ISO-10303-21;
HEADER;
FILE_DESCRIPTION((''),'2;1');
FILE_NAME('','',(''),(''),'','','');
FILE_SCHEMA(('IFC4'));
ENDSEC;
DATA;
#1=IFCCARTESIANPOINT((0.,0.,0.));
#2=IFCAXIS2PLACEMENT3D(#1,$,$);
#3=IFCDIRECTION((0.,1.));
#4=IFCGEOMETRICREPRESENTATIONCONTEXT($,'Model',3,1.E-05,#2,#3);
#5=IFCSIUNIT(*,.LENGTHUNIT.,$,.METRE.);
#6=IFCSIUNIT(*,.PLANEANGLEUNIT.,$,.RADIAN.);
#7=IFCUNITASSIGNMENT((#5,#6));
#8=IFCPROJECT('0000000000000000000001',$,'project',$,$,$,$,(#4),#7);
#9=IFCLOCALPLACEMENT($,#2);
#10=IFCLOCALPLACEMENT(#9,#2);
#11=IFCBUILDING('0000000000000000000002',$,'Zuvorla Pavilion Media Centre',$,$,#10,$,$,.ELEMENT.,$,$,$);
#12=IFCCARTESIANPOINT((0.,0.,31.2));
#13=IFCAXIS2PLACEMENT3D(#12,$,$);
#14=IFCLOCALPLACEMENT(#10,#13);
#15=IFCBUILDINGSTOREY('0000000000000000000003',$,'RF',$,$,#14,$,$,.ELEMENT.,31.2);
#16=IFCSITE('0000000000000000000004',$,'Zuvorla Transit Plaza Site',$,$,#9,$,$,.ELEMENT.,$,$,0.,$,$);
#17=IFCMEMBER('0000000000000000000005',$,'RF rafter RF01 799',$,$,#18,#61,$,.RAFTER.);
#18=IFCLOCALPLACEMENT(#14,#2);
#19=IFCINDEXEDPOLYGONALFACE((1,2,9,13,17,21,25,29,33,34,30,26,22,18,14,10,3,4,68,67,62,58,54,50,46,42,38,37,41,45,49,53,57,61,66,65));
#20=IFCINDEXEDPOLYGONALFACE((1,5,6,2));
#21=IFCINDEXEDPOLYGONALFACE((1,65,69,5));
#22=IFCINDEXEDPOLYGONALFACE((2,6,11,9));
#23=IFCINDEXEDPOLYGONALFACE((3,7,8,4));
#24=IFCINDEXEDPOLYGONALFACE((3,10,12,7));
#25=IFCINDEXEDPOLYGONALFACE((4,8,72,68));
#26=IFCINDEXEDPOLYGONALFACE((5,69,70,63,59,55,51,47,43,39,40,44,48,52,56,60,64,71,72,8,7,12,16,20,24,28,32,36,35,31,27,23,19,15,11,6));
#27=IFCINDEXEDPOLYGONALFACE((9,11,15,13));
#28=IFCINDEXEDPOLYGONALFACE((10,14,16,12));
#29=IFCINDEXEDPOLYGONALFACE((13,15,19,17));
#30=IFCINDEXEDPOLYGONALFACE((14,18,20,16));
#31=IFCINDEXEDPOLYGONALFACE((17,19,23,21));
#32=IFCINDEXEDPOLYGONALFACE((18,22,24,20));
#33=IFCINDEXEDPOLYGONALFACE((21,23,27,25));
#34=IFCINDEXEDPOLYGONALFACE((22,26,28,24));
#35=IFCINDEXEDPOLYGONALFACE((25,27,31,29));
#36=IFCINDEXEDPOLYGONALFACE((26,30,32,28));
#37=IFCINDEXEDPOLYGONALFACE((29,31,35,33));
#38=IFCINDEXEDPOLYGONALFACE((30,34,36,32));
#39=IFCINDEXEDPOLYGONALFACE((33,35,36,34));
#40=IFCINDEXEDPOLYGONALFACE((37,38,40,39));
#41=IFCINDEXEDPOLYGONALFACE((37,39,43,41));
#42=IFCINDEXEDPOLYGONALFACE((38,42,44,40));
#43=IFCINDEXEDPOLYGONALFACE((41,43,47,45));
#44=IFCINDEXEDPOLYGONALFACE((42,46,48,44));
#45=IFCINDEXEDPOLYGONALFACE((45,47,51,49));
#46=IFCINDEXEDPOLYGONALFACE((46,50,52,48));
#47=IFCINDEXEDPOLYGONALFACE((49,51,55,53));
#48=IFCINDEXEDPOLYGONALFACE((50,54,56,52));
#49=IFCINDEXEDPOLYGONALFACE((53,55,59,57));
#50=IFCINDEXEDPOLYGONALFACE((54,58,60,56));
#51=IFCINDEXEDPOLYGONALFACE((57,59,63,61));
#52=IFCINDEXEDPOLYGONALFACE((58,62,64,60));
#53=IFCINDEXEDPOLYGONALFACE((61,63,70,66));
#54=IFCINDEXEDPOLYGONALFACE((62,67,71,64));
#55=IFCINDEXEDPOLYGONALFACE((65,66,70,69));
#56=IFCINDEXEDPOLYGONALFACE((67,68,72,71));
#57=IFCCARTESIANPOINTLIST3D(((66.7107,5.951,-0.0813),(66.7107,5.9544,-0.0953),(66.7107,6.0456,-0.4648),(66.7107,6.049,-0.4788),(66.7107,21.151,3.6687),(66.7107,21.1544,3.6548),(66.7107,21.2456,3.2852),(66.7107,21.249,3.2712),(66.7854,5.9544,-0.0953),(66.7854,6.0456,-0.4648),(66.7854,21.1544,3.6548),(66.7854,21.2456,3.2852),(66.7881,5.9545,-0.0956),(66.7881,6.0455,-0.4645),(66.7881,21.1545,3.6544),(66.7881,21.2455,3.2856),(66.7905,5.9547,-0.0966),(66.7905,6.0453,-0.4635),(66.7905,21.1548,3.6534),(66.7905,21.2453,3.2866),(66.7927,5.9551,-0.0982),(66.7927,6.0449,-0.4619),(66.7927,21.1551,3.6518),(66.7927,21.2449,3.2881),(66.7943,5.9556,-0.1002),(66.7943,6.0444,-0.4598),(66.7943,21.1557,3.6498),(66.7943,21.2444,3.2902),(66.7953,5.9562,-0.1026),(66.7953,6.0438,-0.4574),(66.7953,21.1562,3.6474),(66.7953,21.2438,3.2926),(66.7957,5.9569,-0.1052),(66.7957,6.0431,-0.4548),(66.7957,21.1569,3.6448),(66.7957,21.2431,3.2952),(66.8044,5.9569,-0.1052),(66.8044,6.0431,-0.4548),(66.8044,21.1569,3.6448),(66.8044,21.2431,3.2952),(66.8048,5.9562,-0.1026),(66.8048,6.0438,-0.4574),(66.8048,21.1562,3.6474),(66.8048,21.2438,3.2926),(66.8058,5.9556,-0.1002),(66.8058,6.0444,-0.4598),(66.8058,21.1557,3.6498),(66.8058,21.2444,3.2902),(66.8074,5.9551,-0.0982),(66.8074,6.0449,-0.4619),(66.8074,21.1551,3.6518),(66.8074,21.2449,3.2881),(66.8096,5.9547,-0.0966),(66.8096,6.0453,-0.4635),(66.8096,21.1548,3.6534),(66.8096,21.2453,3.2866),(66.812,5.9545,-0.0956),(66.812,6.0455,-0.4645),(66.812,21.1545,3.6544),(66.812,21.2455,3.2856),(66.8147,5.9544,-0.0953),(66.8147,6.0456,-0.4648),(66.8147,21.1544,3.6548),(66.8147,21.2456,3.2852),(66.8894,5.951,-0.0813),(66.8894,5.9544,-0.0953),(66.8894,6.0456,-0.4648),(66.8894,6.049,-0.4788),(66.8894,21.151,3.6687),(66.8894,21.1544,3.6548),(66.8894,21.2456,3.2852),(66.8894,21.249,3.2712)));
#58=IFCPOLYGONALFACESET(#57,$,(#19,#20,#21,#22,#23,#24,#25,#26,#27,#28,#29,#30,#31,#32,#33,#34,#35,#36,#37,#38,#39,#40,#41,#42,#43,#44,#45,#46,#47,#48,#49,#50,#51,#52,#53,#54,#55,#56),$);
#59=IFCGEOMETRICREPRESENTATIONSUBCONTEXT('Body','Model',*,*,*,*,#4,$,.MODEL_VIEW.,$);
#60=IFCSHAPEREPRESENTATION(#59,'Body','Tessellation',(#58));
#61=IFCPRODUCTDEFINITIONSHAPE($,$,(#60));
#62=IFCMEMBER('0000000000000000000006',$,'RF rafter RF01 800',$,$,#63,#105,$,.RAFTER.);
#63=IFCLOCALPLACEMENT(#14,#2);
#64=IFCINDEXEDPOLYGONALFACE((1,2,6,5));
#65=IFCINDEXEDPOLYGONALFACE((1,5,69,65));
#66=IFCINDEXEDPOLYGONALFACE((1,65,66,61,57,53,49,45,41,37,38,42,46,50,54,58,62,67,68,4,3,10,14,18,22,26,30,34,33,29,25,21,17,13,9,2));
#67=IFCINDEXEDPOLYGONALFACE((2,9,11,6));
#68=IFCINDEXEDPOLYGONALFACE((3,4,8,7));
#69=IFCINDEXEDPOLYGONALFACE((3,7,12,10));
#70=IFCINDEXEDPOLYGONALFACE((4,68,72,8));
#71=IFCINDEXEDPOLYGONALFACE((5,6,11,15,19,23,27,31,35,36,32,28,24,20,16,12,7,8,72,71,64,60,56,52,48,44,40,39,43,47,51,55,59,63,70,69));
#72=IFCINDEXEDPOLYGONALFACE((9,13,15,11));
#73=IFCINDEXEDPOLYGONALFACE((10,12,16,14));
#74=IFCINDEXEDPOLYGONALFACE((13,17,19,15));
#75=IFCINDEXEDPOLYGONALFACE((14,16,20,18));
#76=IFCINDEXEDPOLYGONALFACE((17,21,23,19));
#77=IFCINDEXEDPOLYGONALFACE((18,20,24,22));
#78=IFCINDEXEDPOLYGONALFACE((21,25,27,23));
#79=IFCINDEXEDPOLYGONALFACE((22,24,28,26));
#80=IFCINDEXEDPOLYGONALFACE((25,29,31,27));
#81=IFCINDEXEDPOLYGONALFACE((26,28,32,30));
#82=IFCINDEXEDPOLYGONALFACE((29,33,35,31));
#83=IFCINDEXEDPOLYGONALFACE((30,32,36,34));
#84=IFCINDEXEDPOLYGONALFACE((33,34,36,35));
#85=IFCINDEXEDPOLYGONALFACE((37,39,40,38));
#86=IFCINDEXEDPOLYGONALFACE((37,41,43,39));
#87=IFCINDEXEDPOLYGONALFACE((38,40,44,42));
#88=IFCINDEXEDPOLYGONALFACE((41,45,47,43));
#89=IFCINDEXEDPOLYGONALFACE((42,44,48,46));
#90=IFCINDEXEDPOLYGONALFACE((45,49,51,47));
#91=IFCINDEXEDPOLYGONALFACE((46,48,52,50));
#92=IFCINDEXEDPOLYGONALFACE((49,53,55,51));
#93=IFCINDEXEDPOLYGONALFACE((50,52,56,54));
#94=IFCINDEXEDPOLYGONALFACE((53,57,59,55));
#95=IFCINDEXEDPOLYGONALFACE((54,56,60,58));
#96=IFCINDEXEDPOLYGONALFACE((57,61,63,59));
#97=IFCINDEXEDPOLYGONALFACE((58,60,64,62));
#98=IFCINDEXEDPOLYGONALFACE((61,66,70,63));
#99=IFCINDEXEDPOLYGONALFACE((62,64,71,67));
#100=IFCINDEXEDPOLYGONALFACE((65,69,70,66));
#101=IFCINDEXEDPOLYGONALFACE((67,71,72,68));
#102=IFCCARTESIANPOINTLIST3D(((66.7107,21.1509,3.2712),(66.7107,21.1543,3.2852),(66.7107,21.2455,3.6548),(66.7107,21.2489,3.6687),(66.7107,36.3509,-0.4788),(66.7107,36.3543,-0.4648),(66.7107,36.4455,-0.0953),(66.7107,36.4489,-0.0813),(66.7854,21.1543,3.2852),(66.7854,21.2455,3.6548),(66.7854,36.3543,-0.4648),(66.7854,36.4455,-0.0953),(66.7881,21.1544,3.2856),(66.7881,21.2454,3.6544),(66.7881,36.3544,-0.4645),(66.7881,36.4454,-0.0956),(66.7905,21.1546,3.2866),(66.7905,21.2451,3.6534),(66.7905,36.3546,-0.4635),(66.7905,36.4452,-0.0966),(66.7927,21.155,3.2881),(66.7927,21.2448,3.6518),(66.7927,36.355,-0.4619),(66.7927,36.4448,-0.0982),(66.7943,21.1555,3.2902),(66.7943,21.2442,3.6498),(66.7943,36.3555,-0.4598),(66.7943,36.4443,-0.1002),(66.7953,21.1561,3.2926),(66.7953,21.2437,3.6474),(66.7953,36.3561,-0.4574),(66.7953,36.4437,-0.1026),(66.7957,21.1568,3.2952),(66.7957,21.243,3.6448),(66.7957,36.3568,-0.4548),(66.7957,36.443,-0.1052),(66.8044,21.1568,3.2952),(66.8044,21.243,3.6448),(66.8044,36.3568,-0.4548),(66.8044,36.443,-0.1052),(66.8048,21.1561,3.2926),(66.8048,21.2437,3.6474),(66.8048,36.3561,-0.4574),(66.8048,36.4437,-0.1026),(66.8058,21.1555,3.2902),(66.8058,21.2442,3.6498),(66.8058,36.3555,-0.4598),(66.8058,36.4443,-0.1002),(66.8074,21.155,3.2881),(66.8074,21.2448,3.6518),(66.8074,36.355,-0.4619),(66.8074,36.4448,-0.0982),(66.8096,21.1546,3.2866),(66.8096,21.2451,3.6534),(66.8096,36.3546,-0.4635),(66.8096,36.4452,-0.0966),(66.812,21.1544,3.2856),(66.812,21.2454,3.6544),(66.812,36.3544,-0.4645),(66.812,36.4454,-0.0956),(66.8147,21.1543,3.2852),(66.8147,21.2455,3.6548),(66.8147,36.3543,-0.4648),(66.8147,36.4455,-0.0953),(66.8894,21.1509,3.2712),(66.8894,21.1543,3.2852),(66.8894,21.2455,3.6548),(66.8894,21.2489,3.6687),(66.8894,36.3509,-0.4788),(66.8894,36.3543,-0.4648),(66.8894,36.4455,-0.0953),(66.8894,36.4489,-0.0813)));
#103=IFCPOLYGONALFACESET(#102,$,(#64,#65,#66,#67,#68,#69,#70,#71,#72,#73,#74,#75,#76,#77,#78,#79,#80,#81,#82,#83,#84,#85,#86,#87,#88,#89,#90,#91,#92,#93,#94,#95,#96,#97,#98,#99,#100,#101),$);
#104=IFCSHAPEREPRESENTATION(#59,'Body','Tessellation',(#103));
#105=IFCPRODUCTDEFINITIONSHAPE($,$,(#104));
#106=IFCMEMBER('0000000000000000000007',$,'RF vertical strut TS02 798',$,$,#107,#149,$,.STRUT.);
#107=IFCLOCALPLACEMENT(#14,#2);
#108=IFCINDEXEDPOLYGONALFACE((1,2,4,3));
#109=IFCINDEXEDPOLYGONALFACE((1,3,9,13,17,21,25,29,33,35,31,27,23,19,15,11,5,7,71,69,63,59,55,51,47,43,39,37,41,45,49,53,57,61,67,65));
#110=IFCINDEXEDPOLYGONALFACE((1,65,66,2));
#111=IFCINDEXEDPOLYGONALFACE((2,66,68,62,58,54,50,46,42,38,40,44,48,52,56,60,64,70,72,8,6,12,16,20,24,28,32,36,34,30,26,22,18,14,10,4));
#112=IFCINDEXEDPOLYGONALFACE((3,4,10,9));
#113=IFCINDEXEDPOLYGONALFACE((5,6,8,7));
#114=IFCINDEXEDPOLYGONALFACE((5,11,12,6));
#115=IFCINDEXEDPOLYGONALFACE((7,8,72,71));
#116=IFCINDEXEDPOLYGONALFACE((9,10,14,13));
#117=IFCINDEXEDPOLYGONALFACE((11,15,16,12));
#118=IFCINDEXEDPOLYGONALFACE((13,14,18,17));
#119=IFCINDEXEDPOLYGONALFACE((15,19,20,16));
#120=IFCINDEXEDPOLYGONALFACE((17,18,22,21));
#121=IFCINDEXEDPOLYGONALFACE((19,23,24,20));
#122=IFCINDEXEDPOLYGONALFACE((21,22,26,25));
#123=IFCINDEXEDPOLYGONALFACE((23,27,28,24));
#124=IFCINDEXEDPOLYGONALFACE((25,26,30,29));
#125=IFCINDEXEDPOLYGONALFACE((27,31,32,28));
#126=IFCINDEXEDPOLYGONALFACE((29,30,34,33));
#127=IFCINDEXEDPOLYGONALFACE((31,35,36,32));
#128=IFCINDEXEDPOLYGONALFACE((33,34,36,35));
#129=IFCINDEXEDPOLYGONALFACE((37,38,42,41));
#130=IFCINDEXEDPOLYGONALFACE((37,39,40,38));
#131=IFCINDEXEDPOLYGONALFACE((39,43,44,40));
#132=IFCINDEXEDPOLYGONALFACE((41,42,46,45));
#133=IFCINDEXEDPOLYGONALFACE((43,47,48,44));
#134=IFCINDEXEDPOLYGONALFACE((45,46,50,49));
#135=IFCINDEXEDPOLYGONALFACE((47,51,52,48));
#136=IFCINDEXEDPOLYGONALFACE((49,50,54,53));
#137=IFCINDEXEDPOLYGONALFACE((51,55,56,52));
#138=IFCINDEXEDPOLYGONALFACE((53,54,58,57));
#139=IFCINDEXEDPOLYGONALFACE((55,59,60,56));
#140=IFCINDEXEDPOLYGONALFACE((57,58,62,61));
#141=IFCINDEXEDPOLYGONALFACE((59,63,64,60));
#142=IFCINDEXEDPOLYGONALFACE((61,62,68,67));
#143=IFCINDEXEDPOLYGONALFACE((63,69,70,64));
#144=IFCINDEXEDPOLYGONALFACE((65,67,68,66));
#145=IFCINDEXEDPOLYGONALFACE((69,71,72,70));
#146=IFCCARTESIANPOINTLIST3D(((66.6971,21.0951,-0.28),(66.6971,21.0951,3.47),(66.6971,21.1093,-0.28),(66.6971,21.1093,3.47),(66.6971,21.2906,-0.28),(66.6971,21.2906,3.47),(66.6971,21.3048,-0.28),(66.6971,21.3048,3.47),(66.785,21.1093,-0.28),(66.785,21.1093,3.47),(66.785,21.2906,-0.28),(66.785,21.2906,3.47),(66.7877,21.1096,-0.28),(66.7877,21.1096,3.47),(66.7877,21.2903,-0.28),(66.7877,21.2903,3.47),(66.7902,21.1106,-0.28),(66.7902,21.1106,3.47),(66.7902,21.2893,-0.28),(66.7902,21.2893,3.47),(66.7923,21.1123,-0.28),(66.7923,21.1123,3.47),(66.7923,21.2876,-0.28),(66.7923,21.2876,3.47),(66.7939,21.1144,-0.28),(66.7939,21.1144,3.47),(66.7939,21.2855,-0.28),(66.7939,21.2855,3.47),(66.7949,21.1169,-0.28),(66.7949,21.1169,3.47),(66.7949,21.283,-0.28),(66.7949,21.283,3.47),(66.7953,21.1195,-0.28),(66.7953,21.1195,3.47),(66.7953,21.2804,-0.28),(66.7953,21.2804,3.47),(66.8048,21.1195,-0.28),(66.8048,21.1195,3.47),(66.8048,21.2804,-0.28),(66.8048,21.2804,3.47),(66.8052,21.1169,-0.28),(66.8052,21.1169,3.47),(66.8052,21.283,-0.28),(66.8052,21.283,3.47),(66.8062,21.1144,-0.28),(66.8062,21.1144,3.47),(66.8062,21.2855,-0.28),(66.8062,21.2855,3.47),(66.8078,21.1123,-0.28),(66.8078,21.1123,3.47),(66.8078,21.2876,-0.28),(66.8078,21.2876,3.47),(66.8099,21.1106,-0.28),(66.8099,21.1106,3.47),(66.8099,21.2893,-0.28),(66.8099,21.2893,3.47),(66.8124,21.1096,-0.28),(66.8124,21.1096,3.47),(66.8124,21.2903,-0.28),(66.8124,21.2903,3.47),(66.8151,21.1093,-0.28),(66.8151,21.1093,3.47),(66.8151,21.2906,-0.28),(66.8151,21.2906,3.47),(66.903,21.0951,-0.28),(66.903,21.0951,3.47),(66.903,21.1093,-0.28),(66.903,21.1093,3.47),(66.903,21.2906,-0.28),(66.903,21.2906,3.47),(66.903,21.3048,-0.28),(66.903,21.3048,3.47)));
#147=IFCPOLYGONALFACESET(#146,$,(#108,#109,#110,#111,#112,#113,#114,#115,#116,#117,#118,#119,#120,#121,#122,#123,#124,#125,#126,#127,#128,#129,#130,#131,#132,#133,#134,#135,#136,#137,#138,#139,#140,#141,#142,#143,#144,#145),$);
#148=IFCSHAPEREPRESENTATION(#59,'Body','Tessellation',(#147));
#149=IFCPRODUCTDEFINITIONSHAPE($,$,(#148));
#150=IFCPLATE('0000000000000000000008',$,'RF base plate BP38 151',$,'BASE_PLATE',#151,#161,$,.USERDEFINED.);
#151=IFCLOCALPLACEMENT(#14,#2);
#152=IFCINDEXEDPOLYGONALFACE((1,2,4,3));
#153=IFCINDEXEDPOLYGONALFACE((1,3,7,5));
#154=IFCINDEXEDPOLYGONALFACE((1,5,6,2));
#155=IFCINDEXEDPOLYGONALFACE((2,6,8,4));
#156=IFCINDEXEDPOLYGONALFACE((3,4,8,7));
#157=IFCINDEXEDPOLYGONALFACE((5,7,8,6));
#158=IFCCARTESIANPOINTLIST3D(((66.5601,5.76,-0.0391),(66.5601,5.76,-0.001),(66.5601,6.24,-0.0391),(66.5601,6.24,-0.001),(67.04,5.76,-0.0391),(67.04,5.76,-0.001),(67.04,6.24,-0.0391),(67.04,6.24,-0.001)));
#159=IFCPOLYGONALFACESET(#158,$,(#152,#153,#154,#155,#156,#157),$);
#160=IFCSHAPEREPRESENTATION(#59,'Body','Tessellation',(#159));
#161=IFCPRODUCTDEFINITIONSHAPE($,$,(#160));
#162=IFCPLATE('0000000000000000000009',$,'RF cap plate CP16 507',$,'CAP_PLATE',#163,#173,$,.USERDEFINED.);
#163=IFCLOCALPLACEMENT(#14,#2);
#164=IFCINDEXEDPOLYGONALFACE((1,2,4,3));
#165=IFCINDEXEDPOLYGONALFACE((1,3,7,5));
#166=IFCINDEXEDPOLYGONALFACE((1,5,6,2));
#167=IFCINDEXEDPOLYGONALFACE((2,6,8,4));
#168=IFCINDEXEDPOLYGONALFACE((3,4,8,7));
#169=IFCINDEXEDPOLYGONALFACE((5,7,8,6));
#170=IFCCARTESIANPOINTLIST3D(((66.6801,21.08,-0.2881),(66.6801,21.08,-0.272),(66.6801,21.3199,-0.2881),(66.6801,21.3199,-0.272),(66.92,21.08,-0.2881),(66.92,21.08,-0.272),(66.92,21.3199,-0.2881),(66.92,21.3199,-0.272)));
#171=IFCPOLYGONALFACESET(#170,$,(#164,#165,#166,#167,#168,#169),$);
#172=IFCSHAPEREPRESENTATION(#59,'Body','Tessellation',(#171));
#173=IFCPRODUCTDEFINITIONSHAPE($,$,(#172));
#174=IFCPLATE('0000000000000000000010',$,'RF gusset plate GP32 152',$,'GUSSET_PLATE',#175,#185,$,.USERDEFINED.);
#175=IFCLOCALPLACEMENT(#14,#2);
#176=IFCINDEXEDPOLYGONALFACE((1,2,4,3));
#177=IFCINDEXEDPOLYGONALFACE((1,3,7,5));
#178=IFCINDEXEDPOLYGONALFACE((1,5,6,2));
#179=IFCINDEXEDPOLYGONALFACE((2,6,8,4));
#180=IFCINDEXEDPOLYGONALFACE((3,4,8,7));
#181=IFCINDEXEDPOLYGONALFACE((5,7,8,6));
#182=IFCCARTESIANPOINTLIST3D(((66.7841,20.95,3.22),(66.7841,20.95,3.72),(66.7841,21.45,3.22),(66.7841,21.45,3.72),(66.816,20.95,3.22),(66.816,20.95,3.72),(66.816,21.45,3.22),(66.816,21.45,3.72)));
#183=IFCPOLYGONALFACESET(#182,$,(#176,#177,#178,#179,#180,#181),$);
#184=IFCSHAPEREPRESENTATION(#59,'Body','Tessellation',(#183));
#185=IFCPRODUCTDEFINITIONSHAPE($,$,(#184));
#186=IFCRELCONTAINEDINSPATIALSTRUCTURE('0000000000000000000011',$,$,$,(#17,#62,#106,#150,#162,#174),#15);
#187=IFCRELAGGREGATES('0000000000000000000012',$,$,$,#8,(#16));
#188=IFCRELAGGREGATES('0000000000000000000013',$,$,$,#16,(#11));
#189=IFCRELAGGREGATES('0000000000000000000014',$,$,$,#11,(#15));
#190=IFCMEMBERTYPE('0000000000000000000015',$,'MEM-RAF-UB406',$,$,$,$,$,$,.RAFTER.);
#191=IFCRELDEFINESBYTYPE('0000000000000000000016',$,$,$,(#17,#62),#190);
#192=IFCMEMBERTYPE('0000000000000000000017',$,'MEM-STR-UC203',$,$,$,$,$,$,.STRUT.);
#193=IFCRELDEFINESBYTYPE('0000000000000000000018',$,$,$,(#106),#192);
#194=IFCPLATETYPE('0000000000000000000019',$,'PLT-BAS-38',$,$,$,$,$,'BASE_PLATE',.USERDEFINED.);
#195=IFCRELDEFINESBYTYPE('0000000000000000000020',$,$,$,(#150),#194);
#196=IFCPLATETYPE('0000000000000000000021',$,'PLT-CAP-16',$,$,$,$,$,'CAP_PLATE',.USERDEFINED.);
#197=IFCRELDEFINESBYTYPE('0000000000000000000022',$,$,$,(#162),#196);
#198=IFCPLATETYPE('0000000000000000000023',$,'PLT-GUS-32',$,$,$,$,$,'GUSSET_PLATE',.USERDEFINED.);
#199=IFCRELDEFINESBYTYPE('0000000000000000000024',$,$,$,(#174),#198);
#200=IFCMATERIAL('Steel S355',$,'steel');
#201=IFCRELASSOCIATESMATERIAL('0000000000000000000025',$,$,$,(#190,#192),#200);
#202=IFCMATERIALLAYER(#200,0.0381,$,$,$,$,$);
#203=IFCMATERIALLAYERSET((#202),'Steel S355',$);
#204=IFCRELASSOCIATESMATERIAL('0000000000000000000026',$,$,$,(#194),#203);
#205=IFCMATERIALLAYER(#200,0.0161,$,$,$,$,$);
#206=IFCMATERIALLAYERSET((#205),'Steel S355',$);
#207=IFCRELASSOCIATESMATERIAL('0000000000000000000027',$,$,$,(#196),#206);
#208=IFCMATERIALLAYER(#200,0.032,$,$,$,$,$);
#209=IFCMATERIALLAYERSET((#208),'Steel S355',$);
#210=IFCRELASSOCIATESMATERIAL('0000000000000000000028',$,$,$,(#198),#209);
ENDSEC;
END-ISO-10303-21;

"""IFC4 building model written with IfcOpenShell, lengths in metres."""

from ifc_helpers import new_model, si_unit, direction, frame, origin, origin_2d, place, context, subcontext, project, spatial, rectangle, i_section, extrude, material, layer, layer_set, material_profile, profile_set, type_object, element, save


model = new_model("IFC4")

# Units and contexts
model_context = context("Model", 3, precision=1e-05, world=origin(), true_north=direction((0.0, 1.0)))
body_context = subcontext(model_context, "Body", "Model", "MODEL_VIEW")
ifc_project = project(units=[si_unit("LENGTHUNIT", "METRE"), si_unit("PLANEANGLEUNIT", "RADIAN")], contexts=[model_context])

# Site, building, storey
site_placement = place(None, origin())
site = spatial("IfcSite", under=ifc_project, at=site_placement, Name="Zuvorla Transit Plaza Site", CompositionType="ELEMENT", RefElevation=0.0)
building_placement = place(site_placement, origin())
building = spatial("IfcBuilding", under=site, at=building_placement, Name="Zuvorla Pavilion Media Centre", CompositionType="ELEMENT")
storey_placement = place(building_placement, frame((0.0, 0.0, 31.2)))
storey = spatial("IfcBuildingStorey", under=building, at=storey_placement, Name="RF", CompositionType="ELEMENT", Elevation=31.2)

# Shared definitions
ifc_material_1 = material(Name="Steel S355", Category="steel")

# Members
ifc_material_profile_1 = material_profile(ifc_material_1, i_section(OverallWidth=0.1787, OverallDepth=0.4094, WebThickness=0.0088, FlangeThickness=0.0144, FilletRadius=0.0103, at=origin_2d()), Name="UB 406x178x67")
ifc_profile_set_1 = profile_set([ifc_material_profile_1], Name="Steel S355")
member_type_1 = type_object("IfcMemberType", Name="MEM-RAF-UB406", PredefinedType="RAFTER", material=ifc_profile_set_1)
for number, where, z_axis, x_axis, name in (
    (1, (66.8, 6.0, -0.28), (0.0, 0.970889, 0.239529), (-1.0, 0.0, 0.0), "RF rafter RF01 799"),
    (2, (66.8, 36.3999, -0.28), (0.0, -0.970889, 0.239529), (1.0, 0.0, 0.0), "RF rafter RF01 800"),
):
    element("IfcMember", number, at=place(storey_placement, frame(where, z_axis=z_axis, x_axis=x_axis)), inside=storey, type_object=member_type_1, Name=name, PredefinedType="RAFTER", context=body_context, shape_type="SweptSolid", body=[
        extrude(i_section(OverallWidth=0.1787, OverallDepth=0.4094, WebThickness=0.0088, FlangeThickness=0.0144, FilletRadius=0.0103, at=origin_2d()), origin(), (0.0, 0.0, 1.0), 15.6558),
    ])
ifc_material_profile_2 = material_profile(ifc_material_1, i_section(OverallWidth=0.2058, OverallDepth=0.2097, WebThickness=0.0095, FlangeThickness=0.0142, FilletRadius=0.0103, at=origin_2d()), Name="UC 203x203x60")
ifc_profile_set_2 = profile_set([ifc_material_profile_2], Name="Steel S355")
member_type_2 = type_object("IfcMemberType", Name="MEM-STR-UC203", PredefinedType="STRUT", material=ifc_profile_set_2)
member_1_placement = place(storey_placement, frame((66.8, 21.2, -0.28), z_axis=(0.0, 0.0, 1.0), x_axis=(1.0, 0.0, 0.0)))
element("IfcMember", 3, at=member_1_placement, inside=storey, type_object=member_type_2, Name="RF vertical strut TS02 798", PredefinedType="STRUT", context=body_context, shape_type="SweptSolid", body=[
    extrude(i_section(OverallWidth=0.2058, OverallDepth=0.2097, WebThickness=0.0095, FlangeThickness=0.0142, FilletRadius=0.0103, at=origin_2d()), origin(), (0.0, 0.0, 1.0), 3.75),
])

# Plates
ifc_layer_1 = layer(ifc_material_1, 0.0381)
ifc_layer_set_1 = layer_set([ifc_layer_1], Name="Steel S355")
plate_type_1 = type_object("IfcPlateType", Name="PLT-BAS-38", ElementType="BASE_PLATE", PredefinedType="USERDEFINED", material=ifc_layer_set_1)
plate_1_placement = place(storey_placement, frame((66.8, 6.0, -0.0391), z_axis=(0.0, 0.0, 1.0), x_axis=(1.0, 0.0, 0.0)))
element("IfcPlate", 4, at=plate_1_placement, inside=storey, type_object=plate_type_1, Name="RF base plate BP38 151", ObjectType="BASE_PLATE", PredefinedType="USERDEFINED", context=body_context, shape_type="SweptSolid", body=[
    extrude(rectangle(XDim=0.48, YDim=0.48, at=origin_2d()), origin(), (0.0, 0.0, 1.0), 0.0381),
])
ifc_layer_2 = layer(ifc_material_1, 0.0161)
ifc_layer_set_2 = layer_set([ifc_layer_2], Name="Steel S355")
plate_type_2 = type_object("IfcPlateType", Name="PLT-CAP-16", ElementType="CAP_PLATE", PredefinedType="USERDEFINED", material=ifc_layer_set_2)
plate_2_placement = place(storey_placement, frame((66.8, 21.2, -0.2881), z_axis=(0.0, 0.0, 1.0), x_axis=(1.0, 0.0, 0.0)))
element("IfcPlate", 5, at=plate_2_placement, inside=storey, type_object=plate_type_2, Name="RF cap plate CP16 507", ObjectType="CAP_PLATE", PredefinedType="USERDEFINED", context=body_context, shape_type="SweptSolid", body=[
    extrude(rectangle(XDim=0.24, YDim=0.24, at=origin_2d()), origin(), (0.0, 0.0, 1.0), 0.0161),
])
ifc_layer_3 = layer(ifc_material_1, 0.032)
ifc_layer_set_3 = layer_set([ifc_layer_3], Name="Steel S355")
plate_type_3 = type_object("IfcPlateType", Name="PLT-GUS-32", ElementType="GUSSET_PLATE", PredefinedType="USERDEFINED", material=ifc_layer_set_3)
plate_3_placement = place(storey_placement, frame((66.8, 21.2, 3.22), z_axis=(0.0, 0.0, 1.0), x_axis=(1.0, 0.0, 0.0)))
element("IfcPlate", 6, at=plate_3_placement, inside=storey, type_object=plate_type_3, Name="RF gusset plate GP32 152", ObjectType="GUSSET_PLATE", PredefinedType="USERDEFINED", context=body_context, shape_type="SweptSolid", body=[
    extrude(rectangle(XDim=0.032, YDim=0.5, at=origin_2d()), origin(), (0.0, 0.0, 1.0), 0.5),
])

save(model, "model.ifc")
